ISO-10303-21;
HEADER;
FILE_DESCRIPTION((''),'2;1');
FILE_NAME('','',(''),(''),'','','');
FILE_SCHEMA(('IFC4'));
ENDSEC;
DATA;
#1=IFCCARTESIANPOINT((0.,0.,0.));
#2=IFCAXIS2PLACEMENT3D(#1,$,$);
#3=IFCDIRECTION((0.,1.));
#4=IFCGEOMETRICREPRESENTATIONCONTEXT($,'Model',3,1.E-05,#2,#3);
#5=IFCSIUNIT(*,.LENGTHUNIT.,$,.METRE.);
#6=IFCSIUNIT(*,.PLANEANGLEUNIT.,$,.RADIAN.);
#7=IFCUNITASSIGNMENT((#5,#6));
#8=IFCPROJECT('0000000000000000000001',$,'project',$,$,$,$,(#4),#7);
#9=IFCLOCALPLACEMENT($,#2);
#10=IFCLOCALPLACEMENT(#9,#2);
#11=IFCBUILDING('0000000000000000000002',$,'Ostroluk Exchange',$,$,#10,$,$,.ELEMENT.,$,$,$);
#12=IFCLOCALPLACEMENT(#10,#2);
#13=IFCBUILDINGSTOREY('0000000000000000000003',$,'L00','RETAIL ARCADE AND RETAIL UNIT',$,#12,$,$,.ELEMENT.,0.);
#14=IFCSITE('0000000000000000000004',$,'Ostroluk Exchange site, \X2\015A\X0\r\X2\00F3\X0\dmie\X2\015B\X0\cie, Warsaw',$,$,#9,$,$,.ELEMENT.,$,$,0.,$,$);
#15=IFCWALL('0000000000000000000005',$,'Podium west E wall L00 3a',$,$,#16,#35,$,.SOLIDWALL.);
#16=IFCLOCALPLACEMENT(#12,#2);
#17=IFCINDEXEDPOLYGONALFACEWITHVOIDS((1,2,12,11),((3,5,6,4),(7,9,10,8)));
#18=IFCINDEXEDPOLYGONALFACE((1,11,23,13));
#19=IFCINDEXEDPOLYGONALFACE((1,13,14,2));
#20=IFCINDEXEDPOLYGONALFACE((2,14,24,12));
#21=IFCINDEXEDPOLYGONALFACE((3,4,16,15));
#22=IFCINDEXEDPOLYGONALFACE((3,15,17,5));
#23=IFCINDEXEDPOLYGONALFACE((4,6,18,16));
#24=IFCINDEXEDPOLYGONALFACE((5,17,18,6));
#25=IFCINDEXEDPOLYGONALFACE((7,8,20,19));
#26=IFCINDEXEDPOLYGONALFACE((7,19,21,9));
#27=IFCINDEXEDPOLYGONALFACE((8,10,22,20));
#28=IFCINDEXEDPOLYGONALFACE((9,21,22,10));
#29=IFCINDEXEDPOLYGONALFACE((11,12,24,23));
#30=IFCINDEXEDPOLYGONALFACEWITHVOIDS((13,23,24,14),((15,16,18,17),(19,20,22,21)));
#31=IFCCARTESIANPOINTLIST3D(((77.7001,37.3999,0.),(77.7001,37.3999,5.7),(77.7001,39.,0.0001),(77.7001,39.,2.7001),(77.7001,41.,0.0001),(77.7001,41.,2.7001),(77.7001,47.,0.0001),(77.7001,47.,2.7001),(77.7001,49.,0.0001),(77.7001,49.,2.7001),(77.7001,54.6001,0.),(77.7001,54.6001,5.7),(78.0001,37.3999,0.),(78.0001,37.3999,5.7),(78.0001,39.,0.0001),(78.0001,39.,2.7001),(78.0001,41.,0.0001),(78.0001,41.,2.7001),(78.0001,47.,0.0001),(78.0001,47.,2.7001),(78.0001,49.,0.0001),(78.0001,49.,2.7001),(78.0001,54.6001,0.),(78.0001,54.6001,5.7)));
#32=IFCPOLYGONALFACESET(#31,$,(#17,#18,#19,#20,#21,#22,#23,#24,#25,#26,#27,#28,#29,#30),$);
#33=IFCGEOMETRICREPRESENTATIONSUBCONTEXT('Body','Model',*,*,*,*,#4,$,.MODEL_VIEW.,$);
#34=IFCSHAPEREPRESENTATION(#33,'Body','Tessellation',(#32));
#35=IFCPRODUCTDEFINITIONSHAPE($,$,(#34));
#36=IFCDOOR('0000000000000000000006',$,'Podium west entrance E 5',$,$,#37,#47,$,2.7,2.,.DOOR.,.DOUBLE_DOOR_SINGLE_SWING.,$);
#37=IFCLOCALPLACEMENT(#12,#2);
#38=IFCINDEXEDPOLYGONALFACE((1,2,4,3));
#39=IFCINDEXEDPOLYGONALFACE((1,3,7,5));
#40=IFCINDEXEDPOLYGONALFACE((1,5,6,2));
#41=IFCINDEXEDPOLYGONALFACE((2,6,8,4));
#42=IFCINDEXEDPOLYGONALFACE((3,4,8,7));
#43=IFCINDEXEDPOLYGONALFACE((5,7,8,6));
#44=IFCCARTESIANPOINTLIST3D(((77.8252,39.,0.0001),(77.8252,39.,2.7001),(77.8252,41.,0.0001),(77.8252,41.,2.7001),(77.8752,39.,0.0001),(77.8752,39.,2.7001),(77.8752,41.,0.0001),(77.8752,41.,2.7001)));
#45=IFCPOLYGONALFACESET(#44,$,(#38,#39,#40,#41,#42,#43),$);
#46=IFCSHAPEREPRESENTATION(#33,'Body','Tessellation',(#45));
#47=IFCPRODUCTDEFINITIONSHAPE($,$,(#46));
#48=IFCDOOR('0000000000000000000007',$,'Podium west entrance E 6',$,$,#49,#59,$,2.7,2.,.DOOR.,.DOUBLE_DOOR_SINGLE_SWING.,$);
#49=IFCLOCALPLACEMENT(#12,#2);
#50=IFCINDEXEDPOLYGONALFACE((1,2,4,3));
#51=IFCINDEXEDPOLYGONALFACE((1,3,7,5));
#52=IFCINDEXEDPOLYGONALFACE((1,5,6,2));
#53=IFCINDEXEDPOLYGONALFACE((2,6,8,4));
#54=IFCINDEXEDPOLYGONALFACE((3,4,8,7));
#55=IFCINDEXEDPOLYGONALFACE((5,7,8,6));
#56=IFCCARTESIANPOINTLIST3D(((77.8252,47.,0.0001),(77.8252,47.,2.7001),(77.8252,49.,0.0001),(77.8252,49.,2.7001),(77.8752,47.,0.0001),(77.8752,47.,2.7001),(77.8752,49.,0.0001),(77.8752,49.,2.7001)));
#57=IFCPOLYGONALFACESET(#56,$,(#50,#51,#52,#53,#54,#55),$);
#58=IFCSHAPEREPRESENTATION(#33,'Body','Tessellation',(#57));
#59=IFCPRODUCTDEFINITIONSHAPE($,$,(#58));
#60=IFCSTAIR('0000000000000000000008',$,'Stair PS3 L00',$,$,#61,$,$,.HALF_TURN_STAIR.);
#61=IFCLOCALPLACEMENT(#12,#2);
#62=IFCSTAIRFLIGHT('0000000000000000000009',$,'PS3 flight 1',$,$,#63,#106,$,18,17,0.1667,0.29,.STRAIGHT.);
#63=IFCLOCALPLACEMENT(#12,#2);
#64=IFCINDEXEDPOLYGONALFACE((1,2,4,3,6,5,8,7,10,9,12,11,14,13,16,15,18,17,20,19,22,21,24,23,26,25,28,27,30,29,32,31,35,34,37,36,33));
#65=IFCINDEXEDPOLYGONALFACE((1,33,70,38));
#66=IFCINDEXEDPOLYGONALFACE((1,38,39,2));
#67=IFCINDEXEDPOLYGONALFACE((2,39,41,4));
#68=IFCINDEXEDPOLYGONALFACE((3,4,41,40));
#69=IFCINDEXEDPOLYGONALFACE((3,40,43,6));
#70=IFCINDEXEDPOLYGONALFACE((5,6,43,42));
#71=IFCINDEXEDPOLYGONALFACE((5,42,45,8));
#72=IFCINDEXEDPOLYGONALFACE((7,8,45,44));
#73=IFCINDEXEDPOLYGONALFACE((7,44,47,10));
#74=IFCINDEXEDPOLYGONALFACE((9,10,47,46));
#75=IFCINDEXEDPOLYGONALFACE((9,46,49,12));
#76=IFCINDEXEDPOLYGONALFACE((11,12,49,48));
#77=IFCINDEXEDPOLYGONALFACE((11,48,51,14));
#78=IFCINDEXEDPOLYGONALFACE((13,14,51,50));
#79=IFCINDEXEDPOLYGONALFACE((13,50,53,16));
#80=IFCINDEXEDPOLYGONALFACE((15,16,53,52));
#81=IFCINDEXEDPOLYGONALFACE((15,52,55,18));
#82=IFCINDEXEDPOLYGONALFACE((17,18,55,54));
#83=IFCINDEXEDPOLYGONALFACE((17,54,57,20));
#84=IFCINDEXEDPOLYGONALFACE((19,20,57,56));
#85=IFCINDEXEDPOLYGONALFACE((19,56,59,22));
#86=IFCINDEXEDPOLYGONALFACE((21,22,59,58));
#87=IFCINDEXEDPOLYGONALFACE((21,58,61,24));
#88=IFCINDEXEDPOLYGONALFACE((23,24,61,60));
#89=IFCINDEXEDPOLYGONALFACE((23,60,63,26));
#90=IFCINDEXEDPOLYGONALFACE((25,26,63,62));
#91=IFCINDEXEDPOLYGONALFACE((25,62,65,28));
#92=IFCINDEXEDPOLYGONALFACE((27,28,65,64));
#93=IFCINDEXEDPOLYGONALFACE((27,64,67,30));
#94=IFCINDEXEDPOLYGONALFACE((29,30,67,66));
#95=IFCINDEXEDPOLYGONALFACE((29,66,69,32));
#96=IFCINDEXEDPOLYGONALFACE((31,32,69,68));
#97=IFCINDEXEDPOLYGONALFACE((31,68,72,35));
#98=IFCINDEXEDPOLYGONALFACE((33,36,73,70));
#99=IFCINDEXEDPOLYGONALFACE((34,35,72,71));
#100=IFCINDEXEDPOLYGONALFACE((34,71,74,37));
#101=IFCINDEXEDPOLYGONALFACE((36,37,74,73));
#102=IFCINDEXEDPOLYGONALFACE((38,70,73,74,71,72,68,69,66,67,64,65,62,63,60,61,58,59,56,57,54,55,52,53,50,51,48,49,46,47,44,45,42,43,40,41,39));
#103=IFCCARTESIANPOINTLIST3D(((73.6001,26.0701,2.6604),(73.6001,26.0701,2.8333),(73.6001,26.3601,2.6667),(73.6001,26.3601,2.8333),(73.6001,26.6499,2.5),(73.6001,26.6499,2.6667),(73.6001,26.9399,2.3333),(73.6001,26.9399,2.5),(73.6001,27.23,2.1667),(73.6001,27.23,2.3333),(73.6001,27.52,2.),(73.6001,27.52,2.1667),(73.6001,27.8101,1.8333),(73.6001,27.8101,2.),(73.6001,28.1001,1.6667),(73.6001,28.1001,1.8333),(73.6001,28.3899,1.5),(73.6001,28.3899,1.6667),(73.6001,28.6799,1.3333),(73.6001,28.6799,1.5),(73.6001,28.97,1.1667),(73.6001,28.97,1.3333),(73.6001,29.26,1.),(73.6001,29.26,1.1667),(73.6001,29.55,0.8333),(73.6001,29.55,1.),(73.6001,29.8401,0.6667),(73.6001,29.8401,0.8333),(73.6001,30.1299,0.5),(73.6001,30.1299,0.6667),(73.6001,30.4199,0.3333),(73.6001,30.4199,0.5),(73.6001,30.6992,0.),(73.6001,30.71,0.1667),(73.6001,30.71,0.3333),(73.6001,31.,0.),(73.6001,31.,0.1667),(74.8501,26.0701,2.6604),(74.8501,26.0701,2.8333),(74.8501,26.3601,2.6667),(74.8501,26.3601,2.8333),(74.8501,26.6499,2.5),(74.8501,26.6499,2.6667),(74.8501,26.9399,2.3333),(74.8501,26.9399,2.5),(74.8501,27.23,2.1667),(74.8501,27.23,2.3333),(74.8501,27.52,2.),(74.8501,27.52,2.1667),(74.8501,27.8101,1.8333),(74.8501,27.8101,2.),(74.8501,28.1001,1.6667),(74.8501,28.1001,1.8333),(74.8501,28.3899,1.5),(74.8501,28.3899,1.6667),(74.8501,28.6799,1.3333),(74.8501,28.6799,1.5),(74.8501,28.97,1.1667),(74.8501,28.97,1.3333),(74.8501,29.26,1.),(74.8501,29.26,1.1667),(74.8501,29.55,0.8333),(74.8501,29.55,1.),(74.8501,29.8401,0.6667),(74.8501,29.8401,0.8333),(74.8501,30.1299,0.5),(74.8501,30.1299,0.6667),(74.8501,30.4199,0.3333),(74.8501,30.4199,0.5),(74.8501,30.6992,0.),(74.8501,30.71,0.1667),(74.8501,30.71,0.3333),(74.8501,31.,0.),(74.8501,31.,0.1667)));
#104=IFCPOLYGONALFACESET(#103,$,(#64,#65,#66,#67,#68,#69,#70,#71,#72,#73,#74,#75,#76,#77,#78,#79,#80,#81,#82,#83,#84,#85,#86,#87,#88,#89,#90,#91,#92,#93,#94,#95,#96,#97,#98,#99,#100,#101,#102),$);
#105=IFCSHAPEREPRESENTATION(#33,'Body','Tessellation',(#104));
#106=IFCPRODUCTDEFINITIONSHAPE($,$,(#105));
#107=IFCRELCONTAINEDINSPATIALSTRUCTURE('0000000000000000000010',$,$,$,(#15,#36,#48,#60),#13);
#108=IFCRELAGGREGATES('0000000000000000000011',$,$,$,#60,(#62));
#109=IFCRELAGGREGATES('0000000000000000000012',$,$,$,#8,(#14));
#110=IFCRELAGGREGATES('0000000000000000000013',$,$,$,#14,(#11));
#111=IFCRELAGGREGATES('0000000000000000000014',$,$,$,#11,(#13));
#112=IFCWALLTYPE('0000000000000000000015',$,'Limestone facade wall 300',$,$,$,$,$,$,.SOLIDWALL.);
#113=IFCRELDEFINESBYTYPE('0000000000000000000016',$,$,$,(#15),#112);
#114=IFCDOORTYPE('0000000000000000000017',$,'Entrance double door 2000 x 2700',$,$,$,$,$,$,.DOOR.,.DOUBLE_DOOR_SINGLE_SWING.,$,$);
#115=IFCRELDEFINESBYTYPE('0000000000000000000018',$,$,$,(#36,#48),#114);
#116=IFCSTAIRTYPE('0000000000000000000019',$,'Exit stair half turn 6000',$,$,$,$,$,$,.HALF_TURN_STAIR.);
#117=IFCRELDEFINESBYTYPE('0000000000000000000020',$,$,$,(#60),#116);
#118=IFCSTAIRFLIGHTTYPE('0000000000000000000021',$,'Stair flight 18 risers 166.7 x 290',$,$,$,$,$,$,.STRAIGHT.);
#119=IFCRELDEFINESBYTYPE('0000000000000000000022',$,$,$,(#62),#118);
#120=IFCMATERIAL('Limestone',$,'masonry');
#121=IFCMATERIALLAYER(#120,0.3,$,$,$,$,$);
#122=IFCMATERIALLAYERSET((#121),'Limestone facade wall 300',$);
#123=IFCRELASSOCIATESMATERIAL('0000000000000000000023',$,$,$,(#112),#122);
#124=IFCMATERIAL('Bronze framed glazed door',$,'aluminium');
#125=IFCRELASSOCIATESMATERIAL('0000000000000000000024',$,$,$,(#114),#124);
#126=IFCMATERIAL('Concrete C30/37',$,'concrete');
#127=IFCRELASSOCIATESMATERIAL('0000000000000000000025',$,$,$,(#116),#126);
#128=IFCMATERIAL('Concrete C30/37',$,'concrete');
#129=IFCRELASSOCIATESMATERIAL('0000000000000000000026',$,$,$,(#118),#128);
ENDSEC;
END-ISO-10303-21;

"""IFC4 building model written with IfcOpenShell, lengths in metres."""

from ifc_helpers import new_model, si_unit, direction, frame, frame_2d, origin, place, context, subcontext, project, spatial, polyline, rectangle, outline, extrude, material, layer, layer_set, type_object, element, fill, aggregate, save


model = new_model("IFC4")

# Units and contexts
model_context = context("Model", 3, precision=1e-05, world=origin(), true_north=direction((0.0, 1.0)))
body_context = subcontext(model_context, "Body", "Model", "MODEL_VIEW")
ifc_project = project(units=[si_unit("LENGTHUNIT", "METRE"), si_unit("PLANEANGLEUNIT", "RADIAN")], contexts=[model_context])

# Site, building, storey
site_placement = place(None, origin())
site = spatial("IfcSite", under=ifc_project, at=site_placement, Name="Ostroluk Exchange site, Śródmieście, Warsaw", CompositionType="ELEMENT", RefElevation=0.0)
building_placement = place(site_placement, origin())
building = spatial("IfcBuilding", under=site, at=building_placement, Name="Ostroluk Exchange", CompositionType="ELEMENT")
storey_placement = place(building_placement, origin())
storey = spatial("IfcBuildingStorey", under=building, at=storey_placement, Name="L00", Description="RETAIL ARCADE AND RETAIL UNIT", CompositionType="ELEMENT", Elevation=0.0)

# Wall, openings, doors
ifc_material_1 = material(Name="Limestone", Category="masonry")
ifc_layer_1 = layer(ifc_material_1, 0.3)
ifc_layer_set_1 = layer_set([ifc_layer_1], Name="Limestone facade wall 300")
wall_type_1 = type_object("IfcWallType", Name="Limestone facade wall 300", PredefinedType="SOLIDWALL", material=ifc_layer_set_1)
wall_1_placement = place(storey_placement, frame((77.8501, 37.3999, 0.0), z_axis=(0.0, 0.0, 1.0), x_axis=(0.0, 1.0, 0.0)))
wall_1 = element("IfcWall", 1, at=wall_1_placement, inside=storey, type_object=wall_type_1, Name="Podium west E wall L00 3a", PredefinedType="SOLIDWALL", context=body_context, shape_type="SweptSolid", body=[
    extrude(rectangle(XDim=17.2002, YDim=0.3, at=frame_2d((8.6001, 0.0))), origin(), (0.0, 0.0, 1.0), 5.7),
])
opening_1_placement = place(wall_1_placement, frame((1.6001, 0.0, 0.0)))
opening_1 = element("IfcOpeningElement", 2, at=opening_1_placement, cuts=wall_1, PredefinedType="OPENING", context=body_context, shape_type="SweptSolid", body=[
    extrude(rectangle(XDim=2.0, YDim=2.7, at=frame_2d((1.0, 1.3501))), frame((0.0, 0.1599, 0.0), z_axis=(0.0, -1.0, 0.0), x_axis=(1.0, 0.0, 0.0)), (0.0, 0.0, 1.0), 0.3201),
])
opening_2_placement = place(wall_1_placement, frame((9.6001, 0.0, 0.0)))
opening_2 = element("IfcOpeningElement", 3, at=opening_2_placement, cuts=wall_1, PredefinedType="OPENING", context=body_context, shape_type="SweptSolid", body=[
    extrude(rectangle(XDim=2.0, YDim=2.7, at=frame_2d((1.0, 1.3501))), frame((0.0, 0.1599, 0.0), z_axis=(0.0, -1.0, 0.0), x_axis=(1.0, 0.0, 0.0)), (0.0, 0.0, 1.0), 0.3201),
])
ifc_material_2 = material(Name="Bronze framed glazed door", Category="aluminium")
door_type_1 = type_object("IfcDoorType", Name="Entrance double door 2000 x 2700", OperationType="DOUBLE_DOOR_SINGLE_SWING", PredefinedType="DOOR", material=ifc_material_2)
door_1_placement = place(opening_1_placement, origin())
door_1 = element("IfcDoor", 4, at=door_1_placement, inside=storey, type_object=door_type_1, Name="Podium west entrance E 5", OperationType="DOUBLE_DOOR_SINGLE_SWING", OverallHeight=2.7, OverallWidth=2.0, PredefinedType="DOOR", context=body_context, shape_type="SweptSolid", body=[
    extrude(rectangle(XDim=2.0, YDim=2.7, at=frame_2d((1.0, 1.3501))), frame((0.0, 0.0249, 0.0), z_axis=(0.0, -1.0, 0.0), x_axis=(1.0, 0.0, 0.0)), (0.0, 0.0, 1.0), 0.05),
])
fill(opening_1, door_1)
door_2_placement = place(opening_2_placement, origin())
door_2 = element("IfcDoor", 5, at=door_2_placement, inside=storey, type_object=door_type_1, Name="Podium west entrance E 6", OperationType="DOUBLE_DOOR_SINGLE_SWING", OverallHeight=2.7, OverallWidth=2.0, PredefinedType="DOOR", context=body_context, shape_type="SweptSolid", body=[
    extrude(rectangle(XDim=2.0, YDim=2.7, at=frame_2d((1.0, 1.3501))), frame((0.0, 0.0249, 0.0), z_axis=(0.0, -1.0, 0.0), x_axis=(1.0, 0.0, 0.0)), (0.0, 0.0, 1.0), 0.05),
])
fill(opening_2, door_2)

# Stair, stair flight
ifc_material_3 = material(Name="Concrete C30/37", Category="concrete")
stair_type = type_object("IfcStairType", Name="Exit stair half turn 6000", PredefinedType="HALF_TURN_STAIR", material=ifc_material_3)
stair_placement = place(storey_placement, origin())
stair = element("IfcStair", 6, at=stair_placement, inside=storey, type_object=stair_type, Name="Stair PS3 L00", PredefinedType="HALF_TURN_STAIR")
ifc_material_4 = material(Name="Concrete C30/37", Category="concrete")
stair_flight_type = type_object("IfcStairFlightType", Name="Stair flight 18 risers 166.7 x 290", PredefinedType="STRAIGHT", material=ifc_material_4)
stair_flight_placement = place(storey_placement, frame((74.2251, 31.0, 0.0), z_axis=(0.0, 0.0, 1.0), x_axis=(0.0, -1.0, 0.0)))
stair_flight = element("IfcStairFlight", 7, at=stair_flight_placement, type_object=stair_flight_type, Name="PS3 flight 1", NumberOfRisers=18, NumberOfTreads=17, PredefinedType="STRAIGHT", RiserHeight=0.1667, TreadLength=0.29, context=body_context, shape_type="SweptSolid", body=[
    extrude(outline(polyline([(0.0, 0.0), (0.0, 0.1667), (0.29, 0.1667), (0.29, 0.3333), (0.5801, 0.3333), (0.5801, 0.5), (0.8701, 0.5), (0.8701, 0.6667), (1.1599, 0.6667), (1.1599, 0.8333), (1.45, 0.8333), (1.45, 1.0), (1.74, 1.0), (1.74, 1.1667), (2.03, 1.1667), (2.03, 1.3333), (2.3201, 1.3333), (2.3201, 1.5), (2.6101, 1.5), (2.6101, 1.6667), (2.8999, 1.6667), (2.8999, 1.8333), (3.1899, 1.8333), (3.1899, 2.0), (3.48, 2.0), (3.48, 2.1667), (3.77, 2.1667), (3.77, 2.3333), (4.0601, 2.3333), (4.0601, 2.5), (4.3501, 2.5), (4.3501, 2.6667), (4.6399, 2.6667), (4.6399, 2.8333), (4.9299, 2.8333), (4.9299, 3.0), (4.9299, 2.6604), (0.3008, 0.0), (0.0, 0.0)])), frame((0.0, 0.625, 0.0), z_axis=(0.0, -1.0, 0.0), x_axis=(1.0, 0.0, 0.0)), (0.0, 0.0, 1.0), 1.25),
])
aggregate(stair, [stair_flight])

save(model, "model.ifc")
